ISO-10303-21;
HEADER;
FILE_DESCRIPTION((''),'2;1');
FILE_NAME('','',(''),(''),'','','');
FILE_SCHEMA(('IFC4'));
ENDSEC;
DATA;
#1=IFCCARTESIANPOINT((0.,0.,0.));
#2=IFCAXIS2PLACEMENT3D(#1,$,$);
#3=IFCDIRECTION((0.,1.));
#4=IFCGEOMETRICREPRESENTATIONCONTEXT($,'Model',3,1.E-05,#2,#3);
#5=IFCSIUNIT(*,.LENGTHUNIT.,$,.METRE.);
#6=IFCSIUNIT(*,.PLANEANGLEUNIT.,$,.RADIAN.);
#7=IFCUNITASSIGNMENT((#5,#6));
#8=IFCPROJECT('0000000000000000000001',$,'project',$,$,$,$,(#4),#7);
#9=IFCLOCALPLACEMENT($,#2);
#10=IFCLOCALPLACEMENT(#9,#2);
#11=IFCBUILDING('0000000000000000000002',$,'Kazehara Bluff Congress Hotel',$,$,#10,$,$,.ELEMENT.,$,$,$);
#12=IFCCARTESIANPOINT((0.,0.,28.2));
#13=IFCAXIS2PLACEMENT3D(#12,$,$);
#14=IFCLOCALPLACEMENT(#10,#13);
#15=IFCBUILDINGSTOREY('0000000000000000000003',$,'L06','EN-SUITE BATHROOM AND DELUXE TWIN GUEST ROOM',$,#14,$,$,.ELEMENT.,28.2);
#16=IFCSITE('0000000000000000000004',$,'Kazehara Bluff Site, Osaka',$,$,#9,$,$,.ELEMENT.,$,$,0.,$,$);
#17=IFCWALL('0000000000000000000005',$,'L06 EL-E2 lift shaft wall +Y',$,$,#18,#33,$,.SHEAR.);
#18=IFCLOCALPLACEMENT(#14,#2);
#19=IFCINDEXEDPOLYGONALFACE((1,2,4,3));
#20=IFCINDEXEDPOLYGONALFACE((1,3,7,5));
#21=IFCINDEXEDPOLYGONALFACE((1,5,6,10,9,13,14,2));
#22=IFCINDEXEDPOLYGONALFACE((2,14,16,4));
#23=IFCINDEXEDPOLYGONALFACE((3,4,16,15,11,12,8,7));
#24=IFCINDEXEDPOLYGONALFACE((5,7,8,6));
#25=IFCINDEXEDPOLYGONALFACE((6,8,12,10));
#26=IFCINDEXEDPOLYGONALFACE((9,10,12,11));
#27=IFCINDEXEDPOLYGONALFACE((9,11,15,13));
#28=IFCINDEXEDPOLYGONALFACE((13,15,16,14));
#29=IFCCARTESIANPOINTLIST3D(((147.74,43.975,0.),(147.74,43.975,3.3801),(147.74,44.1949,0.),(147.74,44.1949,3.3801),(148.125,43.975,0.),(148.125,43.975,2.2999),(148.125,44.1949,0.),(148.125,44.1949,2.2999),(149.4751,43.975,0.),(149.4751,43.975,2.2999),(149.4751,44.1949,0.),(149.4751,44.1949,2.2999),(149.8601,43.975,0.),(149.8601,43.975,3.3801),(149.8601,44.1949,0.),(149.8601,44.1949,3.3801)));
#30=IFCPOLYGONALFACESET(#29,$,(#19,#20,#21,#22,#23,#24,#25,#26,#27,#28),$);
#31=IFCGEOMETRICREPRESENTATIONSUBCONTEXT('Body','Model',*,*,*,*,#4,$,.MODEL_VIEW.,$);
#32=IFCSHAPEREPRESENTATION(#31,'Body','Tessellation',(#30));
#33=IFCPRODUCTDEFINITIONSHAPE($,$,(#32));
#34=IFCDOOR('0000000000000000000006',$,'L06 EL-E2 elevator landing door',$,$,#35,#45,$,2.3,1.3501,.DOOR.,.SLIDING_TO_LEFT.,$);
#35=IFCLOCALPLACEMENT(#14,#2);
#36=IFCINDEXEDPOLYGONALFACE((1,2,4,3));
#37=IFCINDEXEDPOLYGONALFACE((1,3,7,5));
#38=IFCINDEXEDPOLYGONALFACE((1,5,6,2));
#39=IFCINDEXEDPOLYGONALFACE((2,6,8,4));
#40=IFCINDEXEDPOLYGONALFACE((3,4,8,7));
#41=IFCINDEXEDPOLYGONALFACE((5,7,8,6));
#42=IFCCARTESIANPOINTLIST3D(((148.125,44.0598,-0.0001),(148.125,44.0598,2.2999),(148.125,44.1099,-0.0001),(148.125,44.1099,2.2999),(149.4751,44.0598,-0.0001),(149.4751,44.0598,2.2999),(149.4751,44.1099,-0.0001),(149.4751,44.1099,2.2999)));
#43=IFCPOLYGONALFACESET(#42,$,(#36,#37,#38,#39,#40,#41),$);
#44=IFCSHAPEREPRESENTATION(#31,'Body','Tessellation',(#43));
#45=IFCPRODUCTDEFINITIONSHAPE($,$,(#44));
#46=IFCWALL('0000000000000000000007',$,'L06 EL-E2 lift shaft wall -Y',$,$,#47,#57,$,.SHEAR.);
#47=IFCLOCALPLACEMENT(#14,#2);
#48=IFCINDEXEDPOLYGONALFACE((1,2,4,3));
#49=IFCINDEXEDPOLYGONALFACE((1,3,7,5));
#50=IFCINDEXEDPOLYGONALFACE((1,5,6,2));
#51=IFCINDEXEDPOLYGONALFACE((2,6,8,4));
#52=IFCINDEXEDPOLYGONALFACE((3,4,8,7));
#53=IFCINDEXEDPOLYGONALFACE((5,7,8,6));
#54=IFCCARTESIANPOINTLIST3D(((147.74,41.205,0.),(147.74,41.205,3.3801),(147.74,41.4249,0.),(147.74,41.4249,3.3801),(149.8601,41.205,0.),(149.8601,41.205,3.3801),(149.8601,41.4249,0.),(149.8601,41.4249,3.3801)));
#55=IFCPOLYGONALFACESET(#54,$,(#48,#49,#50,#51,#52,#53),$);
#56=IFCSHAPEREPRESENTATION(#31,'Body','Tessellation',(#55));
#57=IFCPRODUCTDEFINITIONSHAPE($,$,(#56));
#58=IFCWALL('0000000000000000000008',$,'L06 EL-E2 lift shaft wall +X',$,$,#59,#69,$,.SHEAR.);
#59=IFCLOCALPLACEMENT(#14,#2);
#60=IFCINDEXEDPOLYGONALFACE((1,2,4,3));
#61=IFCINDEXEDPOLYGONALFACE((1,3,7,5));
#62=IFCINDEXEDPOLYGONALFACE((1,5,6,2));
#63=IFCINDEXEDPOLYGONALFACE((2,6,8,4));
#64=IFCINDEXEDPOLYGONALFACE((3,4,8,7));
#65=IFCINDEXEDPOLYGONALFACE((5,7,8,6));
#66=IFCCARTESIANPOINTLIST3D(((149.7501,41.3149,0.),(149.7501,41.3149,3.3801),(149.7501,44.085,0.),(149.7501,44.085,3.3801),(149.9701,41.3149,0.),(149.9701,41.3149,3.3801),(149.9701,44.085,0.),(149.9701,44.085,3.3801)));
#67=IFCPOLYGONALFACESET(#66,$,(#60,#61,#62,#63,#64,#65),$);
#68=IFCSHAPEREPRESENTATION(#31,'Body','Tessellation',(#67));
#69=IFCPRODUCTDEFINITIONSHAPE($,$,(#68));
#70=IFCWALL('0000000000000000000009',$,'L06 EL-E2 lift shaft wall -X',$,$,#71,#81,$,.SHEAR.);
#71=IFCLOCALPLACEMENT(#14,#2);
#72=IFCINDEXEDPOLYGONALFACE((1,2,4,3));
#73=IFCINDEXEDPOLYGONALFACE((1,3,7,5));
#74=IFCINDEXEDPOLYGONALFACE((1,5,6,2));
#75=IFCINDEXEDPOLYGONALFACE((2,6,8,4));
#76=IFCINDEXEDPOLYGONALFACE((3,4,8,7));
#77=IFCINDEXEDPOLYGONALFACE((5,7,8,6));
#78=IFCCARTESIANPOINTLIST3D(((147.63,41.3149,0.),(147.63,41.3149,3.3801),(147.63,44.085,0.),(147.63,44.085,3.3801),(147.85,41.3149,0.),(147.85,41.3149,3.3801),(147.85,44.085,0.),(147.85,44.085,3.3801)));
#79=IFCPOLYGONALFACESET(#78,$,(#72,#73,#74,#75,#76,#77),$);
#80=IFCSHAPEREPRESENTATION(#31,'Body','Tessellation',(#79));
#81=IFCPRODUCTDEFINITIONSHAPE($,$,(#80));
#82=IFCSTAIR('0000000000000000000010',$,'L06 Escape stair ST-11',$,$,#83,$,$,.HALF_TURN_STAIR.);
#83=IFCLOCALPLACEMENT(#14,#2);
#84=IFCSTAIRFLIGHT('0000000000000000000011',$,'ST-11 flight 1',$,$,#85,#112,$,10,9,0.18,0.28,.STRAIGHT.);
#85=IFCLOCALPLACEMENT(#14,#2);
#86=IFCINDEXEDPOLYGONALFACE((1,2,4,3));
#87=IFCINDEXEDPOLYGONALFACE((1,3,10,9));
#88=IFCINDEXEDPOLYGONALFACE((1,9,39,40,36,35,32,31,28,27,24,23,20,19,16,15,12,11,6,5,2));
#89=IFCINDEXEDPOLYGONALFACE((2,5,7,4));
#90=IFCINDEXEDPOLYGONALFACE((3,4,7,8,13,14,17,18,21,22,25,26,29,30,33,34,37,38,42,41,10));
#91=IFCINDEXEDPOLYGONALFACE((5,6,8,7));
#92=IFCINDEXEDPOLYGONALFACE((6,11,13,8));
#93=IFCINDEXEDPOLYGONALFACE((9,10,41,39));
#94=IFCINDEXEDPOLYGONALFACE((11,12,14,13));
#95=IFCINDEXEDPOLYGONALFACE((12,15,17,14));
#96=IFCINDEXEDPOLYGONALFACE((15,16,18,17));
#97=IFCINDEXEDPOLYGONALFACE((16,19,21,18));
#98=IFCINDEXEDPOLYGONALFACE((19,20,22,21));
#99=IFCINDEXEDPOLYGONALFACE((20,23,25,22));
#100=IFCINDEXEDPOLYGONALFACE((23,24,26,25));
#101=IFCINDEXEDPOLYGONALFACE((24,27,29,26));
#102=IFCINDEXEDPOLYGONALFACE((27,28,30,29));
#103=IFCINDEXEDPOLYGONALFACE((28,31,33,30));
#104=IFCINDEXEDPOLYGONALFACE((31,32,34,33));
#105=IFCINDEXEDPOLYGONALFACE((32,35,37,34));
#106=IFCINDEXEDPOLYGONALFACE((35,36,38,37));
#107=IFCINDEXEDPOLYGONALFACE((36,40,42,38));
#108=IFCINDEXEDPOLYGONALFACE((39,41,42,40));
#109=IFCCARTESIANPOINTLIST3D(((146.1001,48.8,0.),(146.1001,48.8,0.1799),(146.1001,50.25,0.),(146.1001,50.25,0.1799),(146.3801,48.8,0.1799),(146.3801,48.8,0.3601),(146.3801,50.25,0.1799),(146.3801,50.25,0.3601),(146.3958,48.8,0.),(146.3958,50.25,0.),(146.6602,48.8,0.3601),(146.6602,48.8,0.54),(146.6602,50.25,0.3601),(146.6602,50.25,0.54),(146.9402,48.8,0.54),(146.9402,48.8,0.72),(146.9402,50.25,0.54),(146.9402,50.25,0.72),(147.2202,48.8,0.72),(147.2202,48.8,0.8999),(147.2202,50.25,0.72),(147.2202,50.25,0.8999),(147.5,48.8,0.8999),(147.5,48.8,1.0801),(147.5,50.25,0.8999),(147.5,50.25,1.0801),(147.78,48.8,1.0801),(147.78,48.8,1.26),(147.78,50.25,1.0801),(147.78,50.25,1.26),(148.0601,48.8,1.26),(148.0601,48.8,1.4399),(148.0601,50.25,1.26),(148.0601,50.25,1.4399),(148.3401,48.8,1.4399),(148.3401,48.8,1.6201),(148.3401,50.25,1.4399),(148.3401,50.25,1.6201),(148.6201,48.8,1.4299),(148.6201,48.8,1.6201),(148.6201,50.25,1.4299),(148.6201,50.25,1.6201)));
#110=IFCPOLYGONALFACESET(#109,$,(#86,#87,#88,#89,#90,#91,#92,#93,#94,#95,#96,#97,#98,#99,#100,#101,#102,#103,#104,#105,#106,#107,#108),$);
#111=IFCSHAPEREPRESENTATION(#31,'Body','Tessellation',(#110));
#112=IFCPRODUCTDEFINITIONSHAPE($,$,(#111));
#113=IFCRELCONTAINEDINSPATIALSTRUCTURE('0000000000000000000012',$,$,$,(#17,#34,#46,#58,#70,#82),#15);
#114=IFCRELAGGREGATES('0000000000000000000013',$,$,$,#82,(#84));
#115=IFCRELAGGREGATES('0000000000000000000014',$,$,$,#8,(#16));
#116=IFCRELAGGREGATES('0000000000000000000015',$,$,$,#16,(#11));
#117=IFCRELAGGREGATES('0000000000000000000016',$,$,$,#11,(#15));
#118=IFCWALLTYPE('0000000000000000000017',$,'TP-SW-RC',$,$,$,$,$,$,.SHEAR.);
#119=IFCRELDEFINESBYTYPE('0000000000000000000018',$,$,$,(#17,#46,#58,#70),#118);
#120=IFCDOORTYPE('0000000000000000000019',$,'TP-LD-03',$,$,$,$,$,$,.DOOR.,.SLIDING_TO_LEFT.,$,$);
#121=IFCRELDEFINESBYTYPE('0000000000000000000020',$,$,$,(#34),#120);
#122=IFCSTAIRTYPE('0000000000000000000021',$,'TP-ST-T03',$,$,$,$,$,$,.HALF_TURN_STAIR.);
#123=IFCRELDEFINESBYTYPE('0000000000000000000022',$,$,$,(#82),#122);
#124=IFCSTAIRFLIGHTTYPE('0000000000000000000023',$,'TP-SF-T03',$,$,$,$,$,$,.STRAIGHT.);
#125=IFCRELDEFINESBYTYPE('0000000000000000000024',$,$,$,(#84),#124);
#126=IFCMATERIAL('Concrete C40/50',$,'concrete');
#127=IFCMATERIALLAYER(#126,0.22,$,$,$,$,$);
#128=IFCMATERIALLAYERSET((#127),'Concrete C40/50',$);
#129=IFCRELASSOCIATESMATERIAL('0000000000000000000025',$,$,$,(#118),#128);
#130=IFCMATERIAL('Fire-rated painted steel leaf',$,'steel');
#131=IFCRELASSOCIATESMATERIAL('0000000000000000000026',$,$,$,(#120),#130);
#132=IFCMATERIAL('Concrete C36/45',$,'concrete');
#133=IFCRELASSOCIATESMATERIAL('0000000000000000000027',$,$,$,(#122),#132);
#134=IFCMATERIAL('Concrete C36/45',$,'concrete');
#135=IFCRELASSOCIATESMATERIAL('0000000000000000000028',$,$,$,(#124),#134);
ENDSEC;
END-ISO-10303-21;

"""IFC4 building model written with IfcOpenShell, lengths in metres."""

from ifc_helpers import new_model, si_unit, direction, frame, frame_2d, origin, place, context, subcontext, project, spatial, polyline, rectangle, outline, extrude, material, layer, layer_set, type_object, element, fill, aggregate, save


model = new_model("IFC4")

# Units and contexts
model_context = context("Model", 3, precision=1e-05, world=origin(), true_north=direction((0.0, 1.0)))
body_context = subcontext(model_context, "Body", "Model", "MODEL_VIEW")
ifc_project = project(units=[si_unit("LENGTHUNIT", "METRE"), si_unit("PLANEANGLEUNIT", "RADIAN")], contexts=[model_context])

# Site, building, storey
site_placement = place(None, origin())
site = spatial("IfcSite", under=ifc_project, at=site_placement, Name="Kazehara Bluff Site, Osaka", CompositionType="ELEMENT", RefElevation=0.0)
building_placement = place(site_placement, origin())
building = spatial("IfcBuilding", under=site, at=building_placement, Name="Kazehara Bluff Congress Hotel", CompositionType="ELEMENT")
storey_placement = place(building_placement, frame((0.0, 0.0, 28.2)))
storey = spatial("IfcBuildingStorey", under=building, at=storey_placement, Name="L06", Description="EN-SUITE BATHROOM AND DELUXE TWIN GUEST ROOM", CompositionType="ELEMENT", Elevation=28.2)

# Shared definitions
ifc_material_1 = material(Name="Concrete C40/50", Category="concrete")
ifc_layer_1 = layer(ifc_material_1, 0.22)
ifc_layer_set_1 = layer_set([ifc_layer_1], Name="Concrete C40/50")
wall_type_1 = type_object("IfcWallType", Name="TP-SW-RC", PredefinedType="SHEAR", material=ifc_layer_set_1)
ifc_material_2 = material(Name="Fire-rated painted steel leaf", Category="steel")
door_type_1 = type_object("IfcDoorType", Name="TP-LD-03", OperationType="SLIDING_TO_LEFT", PredefinedType="DOOR", material=ifc_material_2)

# Wall, opening, door
wall_1_placement = place(storey_placement, frame((147.74, 44.085, 0.0), z_axis=(0.0, 0.0, 1.0), x_axis=(1.0, 0.0, 0.0)))
wall_1 = element("IfcWall", 1, at=wall_1_placement, inside=storey, type_object=wall_type_1, Name="L06 EL-E2 lift shaft wall +Y", PredefinedType="SHEAR", context=body_context, shape_type="SweptSolid", body=[
    extrude(rectangle(XDim=2.1201, YDim=0.22, at=frame_2d((1.0601, 0.0))), origin(), (0.0, 0.0, 1.0), 3.3801),
])
opening_1_placement = place(wall_1_placement, frame((0.385, 0.0, 0.0)))
opening_1 = element("IfcOpeningElement", 2, at=opening_1_placement, cuts=wall_1, PredefinedType="OPENING", context=body_context, shape_type="SweptSolid", body=[
    extrude(rectangle(XDim=1.3501, YDim=2.3, at=frame_2d((0.675, 1.1499))), frame((0.0, 0.1199, 0.0), z_axis=(0.0, -1.0, 0.0), x_axis=(1.0, 0.0, 0.0)), (0.0, 0.0, 1.0), 0.24),
])
door_1_placement = place(opening_1_placement, origin())
door_1 = element("IfcDoor", 3, at=door_1_placement, inside=storey, type_object=door_type_1, Name="L06 EL-E2 elevator landing door", OperationType="SLIDING_TO_LEFT", OverallHeight=2.3, OverallWidth=1.3501, PredefinedType="DOOR", context=body_context, shape_type="SweptSolid", body=[
    extrude(rectangle(XDim=1.3501, YDim=2.3, at=frame_2d((0.675, 1.1499))), frame((0.0, 0.0249, 0.0), z_axis=(0.0, -1.0, 0.0), x_axis=(1.0, 0.0, 0.0)), (0.0, 0.0, 1.0), 0.05),
])
fill(opening_1, door_1)

# Walls
wall_2_placement = place(storey_placement, frame((147.74, 41.3149, 0.0), z_axis=(0.0, 0.0, 1.0), x_axis=(1.0, 0.0, 0.0)))
element("IfcWall", 4, at=wall_2_placement, inside=storey, type_object=wall_type_1, Name="L06 EL-E2 lift shaft wall -Y", PredefinedType="SHEAR", context=body_context, shape_type="SweptSolid", body=[
    extrude(rectangle(XDim=2.1201, YDim=0.22, at=frame_2d((1.0601, 0.0))), origin(), (0.0, 0.0, 1.0), 3.3801),
])
for number, where, z_axis, x_axis, name in (
    (5, (149.8601, 41.3149, 0.0), (0.0, 0.0, 1.0), (0.0, 1.0, 0.0), "L06 EL-E2 lift shaft wall +X"),
    (6, (147.74, 41.3149, 0.0), (0.0, 0.0, 1.0), (0.0, 1.0, 0.0), "L06 EL-E2 lift shaft wall -X"),
):
    element("IfcWall", number, at=place(storey_placement, frame(where, z_axis=z_axis, x_axis=x_axis)), inside=storey, type_object=wall_type_1, Name=name, PredefinedType="SHEAR", context=body_context, shape_type="SweptSolid", body=[
        extrude(rectangle(XDim=2.77, YDim=0.22, at=frame_2d((1.385, 0.0))), origin(), (0.0, 0.0, 1.0), 3.3801),
    ])

# Stair, stair flight
ifc_material_3 = material(Name="Concrete C36/45", Category="concrete")
stair_type = type_object("IfcStairType", Name="TP-ST-T03", PredefinedType="HALF_TURN_STAIR", material=ifc_material_3)
stair_placement = place(storey_placement, origin())
stair = element("IfcStair", 7, at=stair_placement, inside=storey, type_object=stair_type, Name="L06 Escape stair ST-11", PredefinedType="HALF_TURN_STAIR")
ifc_material_4 = material(Name="Concrete C36/45", Category="concrete")
stair_flight_type = type_object("IfcStairFlightType", Name="TP-SF-T03", PredefinedType="STRAIGHT", material=ifc_material_4)
stair_flight_placement = place(storey_placement, frame((146.1001, 49.5249, 0.0), z_axis=(0.0, 0.0, 1.0), x_axis=(1.0, 0.0, 0.0)))
stair_flight = element("IfcStairFlight", 8, at=stair_flight_placement, type_object=stair_flight_type, Name="ST-11 flight 1", NumberOfRisers=10, NumberOfTreads=9, PredefinedType="STRAIGHT", RiserHeight=0.18, TreadLength=0.28, context=body_context, shape_type="SweptSolid", body=[
    extrude(outline(polyline([(0.0, 0.0), (0.0, 0.1799), (0.28, 0.1799), (0.28, 0.3601), (0.5601, 0.3601), (0.5601, 0.54), (0.8401, 0.54), (0.8401, 0.72), (1.1201, 0.72), (1.1201, 0.8999), (1.3999, 0.8999), (1.3999, 1.0801), (1.6799, 1.0801), (1.6799, 1.26), (1.96, 1.26), (1.96, 1.4399), (2.24, 1.4399), (2.24, 1.6201), (2.52, 1.6201), (2.52, 1.8), (2.52, 1.4299), (0.2957, 0.0), (0.0, 0.0)])), frame((0.0, 0.7251, 0.0), z_axis=(0.0, -1.0, 0.0), x_axis=(1.0, 0.0, 0.0)), (0.0, 0.0, 1.0), 1.45),
])
aggregate(stair, [stair_flight])

save(model, "model.ifc")
